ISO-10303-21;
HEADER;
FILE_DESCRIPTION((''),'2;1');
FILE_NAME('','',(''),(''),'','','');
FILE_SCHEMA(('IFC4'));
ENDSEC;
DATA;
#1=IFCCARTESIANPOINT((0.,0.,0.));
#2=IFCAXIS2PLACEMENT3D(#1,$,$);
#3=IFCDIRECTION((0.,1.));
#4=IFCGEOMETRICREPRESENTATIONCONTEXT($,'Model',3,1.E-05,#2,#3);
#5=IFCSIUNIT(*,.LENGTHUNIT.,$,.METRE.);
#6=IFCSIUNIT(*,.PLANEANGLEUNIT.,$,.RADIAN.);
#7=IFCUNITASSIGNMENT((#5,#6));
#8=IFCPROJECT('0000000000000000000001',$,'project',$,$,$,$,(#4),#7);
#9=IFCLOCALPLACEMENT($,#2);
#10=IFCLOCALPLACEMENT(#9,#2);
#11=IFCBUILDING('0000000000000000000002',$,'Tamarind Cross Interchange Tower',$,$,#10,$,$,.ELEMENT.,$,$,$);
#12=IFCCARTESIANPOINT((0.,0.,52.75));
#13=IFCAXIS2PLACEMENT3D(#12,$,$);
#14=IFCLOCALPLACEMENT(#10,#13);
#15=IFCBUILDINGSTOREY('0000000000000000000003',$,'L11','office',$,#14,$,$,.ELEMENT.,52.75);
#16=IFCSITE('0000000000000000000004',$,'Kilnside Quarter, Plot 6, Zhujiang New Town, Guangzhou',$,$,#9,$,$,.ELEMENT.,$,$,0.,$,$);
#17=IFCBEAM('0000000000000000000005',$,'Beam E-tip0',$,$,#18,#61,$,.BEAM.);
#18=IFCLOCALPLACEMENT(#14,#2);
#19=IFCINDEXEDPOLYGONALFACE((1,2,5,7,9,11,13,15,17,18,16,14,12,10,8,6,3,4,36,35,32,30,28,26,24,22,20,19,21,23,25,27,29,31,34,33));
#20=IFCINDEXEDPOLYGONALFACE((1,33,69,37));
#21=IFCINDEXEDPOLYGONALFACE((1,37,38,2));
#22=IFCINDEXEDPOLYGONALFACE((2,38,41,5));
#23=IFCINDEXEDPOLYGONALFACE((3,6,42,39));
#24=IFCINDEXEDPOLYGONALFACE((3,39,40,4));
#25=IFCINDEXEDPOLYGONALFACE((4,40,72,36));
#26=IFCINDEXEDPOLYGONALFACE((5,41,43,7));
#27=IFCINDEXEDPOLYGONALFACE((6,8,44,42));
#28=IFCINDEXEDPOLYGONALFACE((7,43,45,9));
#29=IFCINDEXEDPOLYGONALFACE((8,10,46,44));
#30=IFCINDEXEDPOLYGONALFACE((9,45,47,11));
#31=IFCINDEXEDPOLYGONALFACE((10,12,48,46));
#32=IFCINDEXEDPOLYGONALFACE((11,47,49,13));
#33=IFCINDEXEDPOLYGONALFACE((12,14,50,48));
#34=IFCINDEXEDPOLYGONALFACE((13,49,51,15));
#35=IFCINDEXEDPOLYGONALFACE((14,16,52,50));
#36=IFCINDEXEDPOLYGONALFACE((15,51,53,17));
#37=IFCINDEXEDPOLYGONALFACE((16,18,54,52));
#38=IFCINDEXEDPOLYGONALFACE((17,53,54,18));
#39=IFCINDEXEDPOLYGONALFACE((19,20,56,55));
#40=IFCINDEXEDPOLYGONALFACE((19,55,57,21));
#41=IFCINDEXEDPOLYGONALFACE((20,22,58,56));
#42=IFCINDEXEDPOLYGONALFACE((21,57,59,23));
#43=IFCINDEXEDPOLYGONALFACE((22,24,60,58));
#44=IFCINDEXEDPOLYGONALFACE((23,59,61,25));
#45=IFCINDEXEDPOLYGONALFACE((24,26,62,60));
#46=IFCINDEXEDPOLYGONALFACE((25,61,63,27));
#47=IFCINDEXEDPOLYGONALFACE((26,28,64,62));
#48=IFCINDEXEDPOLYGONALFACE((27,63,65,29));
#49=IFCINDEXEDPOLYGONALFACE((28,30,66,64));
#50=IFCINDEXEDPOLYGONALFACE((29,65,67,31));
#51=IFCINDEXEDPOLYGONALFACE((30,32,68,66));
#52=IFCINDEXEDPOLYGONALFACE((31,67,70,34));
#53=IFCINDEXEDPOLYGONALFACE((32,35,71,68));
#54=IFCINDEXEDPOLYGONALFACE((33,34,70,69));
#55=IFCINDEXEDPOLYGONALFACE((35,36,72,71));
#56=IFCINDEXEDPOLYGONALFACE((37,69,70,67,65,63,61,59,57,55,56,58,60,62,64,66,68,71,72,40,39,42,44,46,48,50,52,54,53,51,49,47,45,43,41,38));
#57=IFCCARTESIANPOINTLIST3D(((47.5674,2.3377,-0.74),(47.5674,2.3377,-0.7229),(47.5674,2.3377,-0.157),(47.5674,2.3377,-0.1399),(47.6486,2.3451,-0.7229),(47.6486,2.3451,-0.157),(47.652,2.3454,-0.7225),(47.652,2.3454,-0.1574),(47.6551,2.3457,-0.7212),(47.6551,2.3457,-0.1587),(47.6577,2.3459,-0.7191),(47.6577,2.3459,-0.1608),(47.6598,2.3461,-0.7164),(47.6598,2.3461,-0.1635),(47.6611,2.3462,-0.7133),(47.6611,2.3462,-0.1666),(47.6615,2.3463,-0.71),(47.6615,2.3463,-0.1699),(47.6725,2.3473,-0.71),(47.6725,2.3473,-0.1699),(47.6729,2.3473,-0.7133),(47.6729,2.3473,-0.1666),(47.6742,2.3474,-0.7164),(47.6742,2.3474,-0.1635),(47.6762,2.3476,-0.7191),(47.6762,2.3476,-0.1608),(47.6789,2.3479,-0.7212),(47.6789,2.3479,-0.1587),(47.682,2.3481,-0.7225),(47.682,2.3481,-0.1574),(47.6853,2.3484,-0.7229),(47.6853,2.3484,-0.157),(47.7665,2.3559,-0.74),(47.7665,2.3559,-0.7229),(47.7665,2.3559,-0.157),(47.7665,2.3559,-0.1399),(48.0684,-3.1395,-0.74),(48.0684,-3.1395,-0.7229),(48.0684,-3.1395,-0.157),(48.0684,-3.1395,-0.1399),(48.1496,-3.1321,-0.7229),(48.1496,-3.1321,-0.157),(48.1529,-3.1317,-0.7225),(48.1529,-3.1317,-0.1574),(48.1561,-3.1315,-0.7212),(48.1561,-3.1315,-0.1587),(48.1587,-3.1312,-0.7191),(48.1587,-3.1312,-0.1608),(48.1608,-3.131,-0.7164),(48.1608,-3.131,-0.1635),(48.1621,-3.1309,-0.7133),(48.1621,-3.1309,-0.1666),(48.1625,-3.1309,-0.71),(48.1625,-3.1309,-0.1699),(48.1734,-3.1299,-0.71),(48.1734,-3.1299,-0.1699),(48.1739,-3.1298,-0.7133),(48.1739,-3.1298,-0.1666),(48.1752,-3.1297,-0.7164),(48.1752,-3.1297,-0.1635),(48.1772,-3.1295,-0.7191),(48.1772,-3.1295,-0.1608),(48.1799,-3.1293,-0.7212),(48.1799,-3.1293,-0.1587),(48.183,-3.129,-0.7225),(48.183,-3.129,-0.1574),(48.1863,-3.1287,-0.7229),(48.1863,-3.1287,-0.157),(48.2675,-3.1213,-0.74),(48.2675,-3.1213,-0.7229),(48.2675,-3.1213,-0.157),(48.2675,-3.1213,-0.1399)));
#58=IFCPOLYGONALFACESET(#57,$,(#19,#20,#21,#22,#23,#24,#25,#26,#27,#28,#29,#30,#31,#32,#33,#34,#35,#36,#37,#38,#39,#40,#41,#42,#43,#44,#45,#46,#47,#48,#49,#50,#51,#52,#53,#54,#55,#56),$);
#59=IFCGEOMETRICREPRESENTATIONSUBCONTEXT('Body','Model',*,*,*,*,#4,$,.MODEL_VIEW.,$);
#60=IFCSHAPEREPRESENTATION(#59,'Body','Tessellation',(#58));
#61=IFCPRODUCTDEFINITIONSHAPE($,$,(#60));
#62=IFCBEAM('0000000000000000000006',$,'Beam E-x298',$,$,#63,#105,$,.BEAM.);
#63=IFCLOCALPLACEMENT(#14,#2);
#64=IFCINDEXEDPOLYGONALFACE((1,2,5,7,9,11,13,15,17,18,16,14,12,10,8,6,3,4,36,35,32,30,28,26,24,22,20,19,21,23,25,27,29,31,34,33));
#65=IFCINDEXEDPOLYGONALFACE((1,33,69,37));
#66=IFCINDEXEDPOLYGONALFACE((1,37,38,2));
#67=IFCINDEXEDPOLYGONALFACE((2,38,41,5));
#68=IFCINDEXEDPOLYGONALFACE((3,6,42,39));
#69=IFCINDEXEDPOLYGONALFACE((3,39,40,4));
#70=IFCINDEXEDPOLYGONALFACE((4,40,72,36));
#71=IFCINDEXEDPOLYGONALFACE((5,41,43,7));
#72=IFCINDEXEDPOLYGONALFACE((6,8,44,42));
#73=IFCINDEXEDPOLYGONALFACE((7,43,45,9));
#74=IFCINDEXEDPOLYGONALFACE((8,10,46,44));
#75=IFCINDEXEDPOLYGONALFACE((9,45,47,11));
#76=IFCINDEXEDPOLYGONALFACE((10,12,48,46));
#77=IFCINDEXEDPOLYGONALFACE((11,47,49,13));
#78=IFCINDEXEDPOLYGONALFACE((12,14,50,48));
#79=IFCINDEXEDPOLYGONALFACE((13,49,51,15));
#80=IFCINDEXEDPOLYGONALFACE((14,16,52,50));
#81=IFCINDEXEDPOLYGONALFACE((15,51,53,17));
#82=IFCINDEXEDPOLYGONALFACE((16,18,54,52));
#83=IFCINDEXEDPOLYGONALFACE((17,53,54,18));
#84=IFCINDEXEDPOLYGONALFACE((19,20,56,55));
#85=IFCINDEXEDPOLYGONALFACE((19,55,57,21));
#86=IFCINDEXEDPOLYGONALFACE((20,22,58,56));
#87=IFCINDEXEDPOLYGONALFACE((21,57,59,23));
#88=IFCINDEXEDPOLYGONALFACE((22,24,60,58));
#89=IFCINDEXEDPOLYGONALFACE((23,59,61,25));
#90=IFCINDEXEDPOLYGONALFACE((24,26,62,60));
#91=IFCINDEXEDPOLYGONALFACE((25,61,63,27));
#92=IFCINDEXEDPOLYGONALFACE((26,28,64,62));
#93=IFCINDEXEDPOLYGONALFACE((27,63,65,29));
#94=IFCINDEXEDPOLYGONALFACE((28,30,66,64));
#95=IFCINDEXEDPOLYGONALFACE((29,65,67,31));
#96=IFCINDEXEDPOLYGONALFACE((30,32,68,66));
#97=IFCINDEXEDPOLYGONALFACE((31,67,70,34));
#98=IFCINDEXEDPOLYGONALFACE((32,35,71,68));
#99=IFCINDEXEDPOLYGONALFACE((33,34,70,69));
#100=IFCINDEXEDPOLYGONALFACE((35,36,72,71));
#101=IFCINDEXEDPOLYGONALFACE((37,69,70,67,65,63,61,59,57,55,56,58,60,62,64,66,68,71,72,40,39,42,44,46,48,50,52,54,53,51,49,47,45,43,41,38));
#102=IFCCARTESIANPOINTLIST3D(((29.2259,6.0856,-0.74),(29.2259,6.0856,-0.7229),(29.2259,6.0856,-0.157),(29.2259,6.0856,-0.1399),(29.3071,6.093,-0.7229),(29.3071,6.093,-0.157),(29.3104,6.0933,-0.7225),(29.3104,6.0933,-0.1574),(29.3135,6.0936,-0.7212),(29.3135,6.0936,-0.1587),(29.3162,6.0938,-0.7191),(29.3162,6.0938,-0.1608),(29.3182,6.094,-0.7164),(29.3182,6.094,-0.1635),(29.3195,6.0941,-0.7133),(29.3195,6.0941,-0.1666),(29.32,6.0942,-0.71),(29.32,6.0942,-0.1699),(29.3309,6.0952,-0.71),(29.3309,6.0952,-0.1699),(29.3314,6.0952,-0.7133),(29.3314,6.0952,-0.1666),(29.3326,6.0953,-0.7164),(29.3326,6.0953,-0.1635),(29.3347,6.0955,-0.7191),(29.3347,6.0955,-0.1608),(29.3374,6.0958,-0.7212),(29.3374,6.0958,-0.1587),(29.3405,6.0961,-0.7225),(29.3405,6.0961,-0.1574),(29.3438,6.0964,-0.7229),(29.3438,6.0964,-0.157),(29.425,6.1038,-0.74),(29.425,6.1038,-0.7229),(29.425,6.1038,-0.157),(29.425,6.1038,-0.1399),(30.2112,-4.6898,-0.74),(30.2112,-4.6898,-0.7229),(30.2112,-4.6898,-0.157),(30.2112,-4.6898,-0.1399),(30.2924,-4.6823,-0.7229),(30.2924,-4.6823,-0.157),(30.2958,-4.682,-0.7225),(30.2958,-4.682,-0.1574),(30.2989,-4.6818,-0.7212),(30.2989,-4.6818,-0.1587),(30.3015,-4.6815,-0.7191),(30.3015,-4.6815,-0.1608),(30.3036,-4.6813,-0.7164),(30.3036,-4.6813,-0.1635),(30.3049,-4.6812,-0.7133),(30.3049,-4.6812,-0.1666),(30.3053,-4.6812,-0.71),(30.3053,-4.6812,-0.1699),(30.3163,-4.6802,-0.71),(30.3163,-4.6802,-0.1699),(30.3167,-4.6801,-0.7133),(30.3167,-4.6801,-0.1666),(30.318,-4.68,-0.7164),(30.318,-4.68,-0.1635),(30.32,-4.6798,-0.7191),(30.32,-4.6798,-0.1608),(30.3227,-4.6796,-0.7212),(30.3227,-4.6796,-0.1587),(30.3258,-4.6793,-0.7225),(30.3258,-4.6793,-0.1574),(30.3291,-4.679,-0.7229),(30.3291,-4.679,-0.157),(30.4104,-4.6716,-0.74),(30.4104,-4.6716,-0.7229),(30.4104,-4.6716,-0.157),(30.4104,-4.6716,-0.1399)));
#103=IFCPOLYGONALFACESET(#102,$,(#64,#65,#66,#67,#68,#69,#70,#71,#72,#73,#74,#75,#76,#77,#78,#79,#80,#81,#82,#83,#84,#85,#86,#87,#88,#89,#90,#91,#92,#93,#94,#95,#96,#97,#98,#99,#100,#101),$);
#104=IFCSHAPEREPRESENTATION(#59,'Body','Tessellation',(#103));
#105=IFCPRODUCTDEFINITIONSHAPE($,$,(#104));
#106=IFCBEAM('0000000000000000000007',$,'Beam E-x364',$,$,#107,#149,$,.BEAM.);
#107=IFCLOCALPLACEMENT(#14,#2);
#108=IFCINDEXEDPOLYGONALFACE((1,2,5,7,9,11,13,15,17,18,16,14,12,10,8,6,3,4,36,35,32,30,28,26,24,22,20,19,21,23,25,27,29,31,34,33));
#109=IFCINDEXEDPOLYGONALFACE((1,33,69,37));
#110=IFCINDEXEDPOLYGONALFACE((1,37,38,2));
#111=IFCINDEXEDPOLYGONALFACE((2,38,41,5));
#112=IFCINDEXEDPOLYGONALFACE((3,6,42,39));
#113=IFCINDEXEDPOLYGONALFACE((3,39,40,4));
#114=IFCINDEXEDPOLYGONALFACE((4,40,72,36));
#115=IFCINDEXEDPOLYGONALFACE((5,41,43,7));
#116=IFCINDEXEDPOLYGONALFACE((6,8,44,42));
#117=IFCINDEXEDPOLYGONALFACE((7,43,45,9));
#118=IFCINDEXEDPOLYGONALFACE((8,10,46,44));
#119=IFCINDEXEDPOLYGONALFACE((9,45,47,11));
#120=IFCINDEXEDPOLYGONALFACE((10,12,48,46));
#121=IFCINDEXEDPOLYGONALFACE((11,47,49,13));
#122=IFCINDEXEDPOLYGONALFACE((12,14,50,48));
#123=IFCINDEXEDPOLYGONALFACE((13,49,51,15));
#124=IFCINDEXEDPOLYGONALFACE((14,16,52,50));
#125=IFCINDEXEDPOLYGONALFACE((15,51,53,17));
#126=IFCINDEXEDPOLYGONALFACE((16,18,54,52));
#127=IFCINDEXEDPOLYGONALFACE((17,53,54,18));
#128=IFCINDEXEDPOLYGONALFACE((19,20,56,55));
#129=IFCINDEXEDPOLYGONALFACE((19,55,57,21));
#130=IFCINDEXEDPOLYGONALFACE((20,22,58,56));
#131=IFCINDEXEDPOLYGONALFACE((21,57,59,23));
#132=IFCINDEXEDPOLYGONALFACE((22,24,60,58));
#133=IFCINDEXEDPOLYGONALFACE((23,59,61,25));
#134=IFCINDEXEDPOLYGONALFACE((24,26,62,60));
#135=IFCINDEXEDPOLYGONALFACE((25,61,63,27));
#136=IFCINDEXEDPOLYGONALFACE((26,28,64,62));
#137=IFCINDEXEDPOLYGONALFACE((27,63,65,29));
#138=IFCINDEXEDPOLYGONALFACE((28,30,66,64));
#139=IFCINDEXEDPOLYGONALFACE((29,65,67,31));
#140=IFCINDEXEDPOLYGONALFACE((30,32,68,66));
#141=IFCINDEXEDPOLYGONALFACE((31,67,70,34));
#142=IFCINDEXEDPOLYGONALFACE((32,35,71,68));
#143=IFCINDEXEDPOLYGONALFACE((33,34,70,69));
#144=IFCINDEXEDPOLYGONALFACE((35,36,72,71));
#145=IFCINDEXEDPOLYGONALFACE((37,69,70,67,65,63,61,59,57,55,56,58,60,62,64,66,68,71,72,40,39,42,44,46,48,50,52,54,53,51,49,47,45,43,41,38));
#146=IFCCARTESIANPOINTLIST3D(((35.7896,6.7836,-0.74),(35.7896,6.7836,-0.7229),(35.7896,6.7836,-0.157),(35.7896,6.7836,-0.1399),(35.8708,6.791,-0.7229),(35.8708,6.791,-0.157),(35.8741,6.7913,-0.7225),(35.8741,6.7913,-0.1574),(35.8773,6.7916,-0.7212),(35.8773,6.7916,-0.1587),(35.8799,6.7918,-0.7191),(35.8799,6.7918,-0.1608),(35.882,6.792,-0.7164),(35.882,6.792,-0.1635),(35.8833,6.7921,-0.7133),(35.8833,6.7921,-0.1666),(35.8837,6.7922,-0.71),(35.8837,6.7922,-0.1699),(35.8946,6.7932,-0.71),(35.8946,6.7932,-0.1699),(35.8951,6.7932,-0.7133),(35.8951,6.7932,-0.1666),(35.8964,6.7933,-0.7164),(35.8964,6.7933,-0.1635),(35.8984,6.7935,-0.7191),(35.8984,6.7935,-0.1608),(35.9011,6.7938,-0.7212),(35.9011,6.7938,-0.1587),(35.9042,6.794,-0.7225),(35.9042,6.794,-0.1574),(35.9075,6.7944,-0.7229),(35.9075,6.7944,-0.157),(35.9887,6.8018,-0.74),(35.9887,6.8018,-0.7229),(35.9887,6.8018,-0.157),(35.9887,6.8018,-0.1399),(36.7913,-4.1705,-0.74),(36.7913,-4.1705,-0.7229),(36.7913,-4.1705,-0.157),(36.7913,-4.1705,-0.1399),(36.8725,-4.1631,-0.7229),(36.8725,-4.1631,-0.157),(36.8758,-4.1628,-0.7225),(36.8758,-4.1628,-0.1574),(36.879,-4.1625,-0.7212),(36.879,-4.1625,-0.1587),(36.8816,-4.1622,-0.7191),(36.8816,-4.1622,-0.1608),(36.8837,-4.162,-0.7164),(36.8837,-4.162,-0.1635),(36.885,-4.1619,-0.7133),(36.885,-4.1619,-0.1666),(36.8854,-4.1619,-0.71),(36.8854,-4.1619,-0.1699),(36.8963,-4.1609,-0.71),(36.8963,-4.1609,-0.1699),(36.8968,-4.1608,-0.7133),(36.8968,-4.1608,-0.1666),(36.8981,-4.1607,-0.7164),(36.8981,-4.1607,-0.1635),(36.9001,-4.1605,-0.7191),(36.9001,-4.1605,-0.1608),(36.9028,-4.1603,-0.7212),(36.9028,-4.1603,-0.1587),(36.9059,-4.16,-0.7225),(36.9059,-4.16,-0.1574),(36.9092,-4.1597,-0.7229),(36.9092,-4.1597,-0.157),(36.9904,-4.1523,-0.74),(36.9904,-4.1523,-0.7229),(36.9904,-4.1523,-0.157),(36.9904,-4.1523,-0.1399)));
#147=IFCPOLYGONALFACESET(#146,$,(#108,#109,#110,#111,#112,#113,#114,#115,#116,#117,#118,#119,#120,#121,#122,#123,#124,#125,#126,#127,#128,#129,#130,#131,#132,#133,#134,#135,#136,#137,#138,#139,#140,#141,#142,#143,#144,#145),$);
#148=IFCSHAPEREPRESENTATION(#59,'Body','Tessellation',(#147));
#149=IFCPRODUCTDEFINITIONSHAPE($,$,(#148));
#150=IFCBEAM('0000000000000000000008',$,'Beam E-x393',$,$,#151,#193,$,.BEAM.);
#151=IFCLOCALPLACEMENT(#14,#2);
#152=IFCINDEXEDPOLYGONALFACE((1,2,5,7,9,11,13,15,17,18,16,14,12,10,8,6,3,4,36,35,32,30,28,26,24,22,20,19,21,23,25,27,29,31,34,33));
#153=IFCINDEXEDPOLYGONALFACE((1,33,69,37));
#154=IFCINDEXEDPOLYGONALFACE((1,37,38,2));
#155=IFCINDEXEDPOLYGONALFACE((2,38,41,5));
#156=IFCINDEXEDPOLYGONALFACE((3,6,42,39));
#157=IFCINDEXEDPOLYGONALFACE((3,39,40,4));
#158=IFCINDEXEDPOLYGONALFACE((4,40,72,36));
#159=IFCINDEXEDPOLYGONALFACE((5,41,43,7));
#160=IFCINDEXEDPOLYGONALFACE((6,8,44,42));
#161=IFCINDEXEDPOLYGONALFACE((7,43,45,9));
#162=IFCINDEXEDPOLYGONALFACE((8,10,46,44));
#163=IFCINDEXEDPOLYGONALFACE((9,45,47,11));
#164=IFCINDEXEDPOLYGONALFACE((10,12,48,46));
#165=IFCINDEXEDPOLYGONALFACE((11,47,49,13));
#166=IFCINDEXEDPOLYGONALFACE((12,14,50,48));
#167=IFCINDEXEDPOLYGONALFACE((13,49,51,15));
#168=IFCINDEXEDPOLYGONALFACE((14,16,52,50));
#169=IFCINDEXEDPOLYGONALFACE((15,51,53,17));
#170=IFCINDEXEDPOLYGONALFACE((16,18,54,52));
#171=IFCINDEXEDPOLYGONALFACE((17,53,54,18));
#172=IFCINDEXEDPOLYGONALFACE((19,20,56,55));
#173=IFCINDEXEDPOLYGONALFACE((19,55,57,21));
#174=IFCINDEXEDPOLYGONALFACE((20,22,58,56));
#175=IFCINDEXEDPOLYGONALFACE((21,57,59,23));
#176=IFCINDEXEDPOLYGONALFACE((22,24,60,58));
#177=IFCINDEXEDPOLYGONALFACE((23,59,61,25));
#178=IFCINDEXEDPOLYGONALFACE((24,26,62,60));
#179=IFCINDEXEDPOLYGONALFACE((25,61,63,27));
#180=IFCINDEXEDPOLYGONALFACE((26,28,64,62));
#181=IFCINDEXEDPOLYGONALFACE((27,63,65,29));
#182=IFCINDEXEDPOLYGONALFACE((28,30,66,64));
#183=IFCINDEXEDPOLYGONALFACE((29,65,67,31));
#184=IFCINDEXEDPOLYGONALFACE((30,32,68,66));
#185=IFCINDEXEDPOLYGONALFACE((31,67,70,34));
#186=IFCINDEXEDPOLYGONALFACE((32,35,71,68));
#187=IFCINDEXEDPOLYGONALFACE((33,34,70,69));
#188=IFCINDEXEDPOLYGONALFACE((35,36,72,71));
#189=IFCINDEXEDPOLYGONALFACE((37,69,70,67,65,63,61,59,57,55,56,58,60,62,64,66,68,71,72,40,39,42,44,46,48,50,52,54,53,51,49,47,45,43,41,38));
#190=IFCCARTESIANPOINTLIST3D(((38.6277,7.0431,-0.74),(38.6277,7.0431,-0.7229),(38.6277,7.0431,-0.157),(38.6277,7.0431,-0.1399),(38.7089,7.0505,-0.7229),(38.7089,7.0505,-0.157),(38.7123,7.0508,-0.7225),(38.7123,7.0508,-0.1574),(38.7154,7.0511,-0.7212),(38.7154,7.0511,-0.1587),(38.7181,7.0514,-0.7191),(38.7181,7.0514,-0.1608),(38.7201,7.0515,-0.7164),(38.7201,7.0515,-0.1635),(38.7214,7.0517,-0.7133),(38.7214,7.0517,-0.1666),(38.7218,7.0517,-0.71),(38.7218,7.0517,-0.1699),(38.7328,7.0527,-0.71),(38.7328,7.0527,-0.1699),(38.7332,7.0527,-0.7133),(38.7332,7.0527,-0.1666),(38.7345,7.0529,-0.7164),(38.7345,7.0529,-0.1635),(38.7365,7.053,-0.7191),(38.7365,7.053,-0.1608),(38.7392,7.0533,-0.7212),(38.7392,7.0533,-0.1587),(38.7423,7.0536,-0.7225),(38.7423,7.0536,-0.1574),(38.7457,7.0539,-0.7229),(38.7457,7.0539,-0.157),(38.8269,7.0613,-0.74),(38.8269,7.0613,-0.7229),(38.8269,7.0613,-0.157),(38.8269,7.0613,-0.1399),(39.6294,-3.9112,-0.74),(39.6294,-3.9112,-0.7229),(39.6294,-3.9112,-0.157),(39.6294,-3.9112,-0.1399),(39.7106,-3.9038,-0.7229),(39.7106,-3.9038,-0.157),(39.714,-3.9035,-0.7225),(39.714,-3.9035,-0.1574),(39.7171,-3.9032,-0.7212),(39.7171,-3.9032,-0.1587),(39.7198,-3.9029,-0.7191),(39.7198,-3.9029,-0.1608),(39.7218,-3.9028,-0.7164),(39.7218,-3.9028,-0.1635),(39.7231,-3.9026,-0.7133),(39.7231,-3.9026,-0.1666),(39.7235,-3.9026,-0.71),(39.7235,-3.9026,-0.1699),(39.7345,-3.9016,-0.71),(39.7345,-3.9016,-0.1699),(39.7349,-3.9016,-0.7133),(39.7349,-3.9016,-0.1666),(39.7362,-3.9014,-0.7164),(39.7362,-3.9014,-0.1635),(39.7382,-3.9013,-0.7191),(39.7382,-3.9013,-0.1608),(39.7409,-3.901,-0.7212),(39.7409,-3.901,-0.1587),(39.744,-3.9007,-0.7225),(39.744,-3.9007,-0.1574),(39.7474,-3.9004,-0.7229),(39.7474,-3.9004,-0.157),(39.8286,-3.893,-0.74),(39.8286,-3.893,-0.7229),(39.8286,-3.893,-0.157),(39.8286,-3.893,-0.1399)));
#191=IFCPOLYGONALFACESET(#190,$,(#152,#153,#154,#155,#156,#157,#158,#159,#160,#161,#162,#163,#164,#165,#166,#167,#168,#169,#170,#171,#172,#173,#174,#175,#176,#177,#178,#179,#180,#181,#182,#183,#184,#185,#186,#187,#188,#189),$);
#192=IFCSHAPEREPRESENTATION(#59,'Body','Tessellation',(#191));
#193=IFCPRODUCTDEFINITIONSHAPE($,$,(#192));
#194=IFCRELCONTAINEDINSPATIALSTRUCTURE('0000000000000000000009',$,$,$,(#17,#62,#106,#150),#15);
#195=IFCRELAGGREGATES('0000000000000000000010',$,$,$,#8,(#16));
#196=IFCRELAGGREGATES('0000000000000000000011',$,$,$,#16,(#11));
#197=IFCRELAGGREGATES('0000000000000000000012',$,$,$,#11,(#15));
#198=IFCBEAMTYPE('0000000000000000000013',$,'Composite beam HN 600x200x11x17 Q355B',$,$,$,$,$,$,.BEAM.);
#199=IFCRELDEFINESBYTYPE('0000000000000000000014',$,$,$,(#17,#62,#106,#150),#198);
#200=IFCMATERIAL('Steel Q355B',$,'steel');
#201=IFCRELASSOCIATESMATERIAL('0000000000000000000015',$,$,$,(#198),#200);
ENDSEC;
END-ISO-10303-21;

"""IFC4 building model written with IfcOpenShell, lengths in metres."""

from ifc_helpers import new_model, si_unit, direction, frame, origin, origin_2d, place, context, subcontext, project, spatial, i_section, extrude, material, material_profile, profile_set, type_object, element, save


model = new_model("IFC4")

# Units and contexts
model_context = context("Model", 3, precision=1e-05, world=origin(), true_north=direction((0.0, 1.0)))
body_context = subcontext(model_context, "Body", "Model", "MODEL_VIEW")
ifc_project = project(units=[si_unit("LENGTHUNIT", "METRE"), si_unit("PLANEANGLEUNIT", "RADIAN")], contexts=[model_context])

# Site, building, storey
site_placement = place(None, origin())
site = spatial("IfcSite", under=ifc_project, at=site_placement, Name="Kilnside Quarter, Plot 6, Zhujiang New Town, Guangzhou", CompositionType="ELEMENT", RefElevation=0.0)
building_placement = place(site_placement, origin())
building = spatial("IfcBuilding", under=site, at=building_placement, Name="Tamarind Cross Interchange Tower", CompositionType="ELEMENT")
storey_placement = place(building_placement, frame((0.0, 0.0, 52.75)))
storey = spatial("IfcBuildingStorey", under=building, at=storey_placement, Name="L11", Description="office", CompositionType="ELEMENT", Elevation=52.75)

# Beams
ifc_material_1 = material(Name="Steel Q355B", Category="steel")
ifc_material_profile_1 = material_profile(ifc_material_1, i_section(OverallWidth=0.2, OverallDepth=0.6001, WebThickness=0.011, FlangeThickness=0.0171, FilletRadius=0.0129, at=origin_2d()), Name="HN 600x200x11x17")
ifc_profile_set_1 = profile_set([ifc_material_profile_1], Name="Steel Q355B")
beam_type_1 = type_object("IfcBeamType", Name="Composite beam HN 600x200x11x17 Q355B", PredefinedType="BEAM", material=ifc_profile_set_1)
beam_1_placement = place(storey_placement, frame((48.168, -3.1304, -0.4399), z_axis=(-0.091088, 0.995843, 0.0), x_axis=(-0.995843, -0.091088, 0.0)))
element("IfcBeam", 1, at=beam_1_placement, inside=storey, type_object=beam_type_1, Name="Beam E-tip0", PredefinedType="BEAM", context=body_context, shape_type="SweptSolid", body=[
    extrude(i_section(OverallWidth=0.2, OverallDepth=0.6001, WebThickness=0.011, FlangeThickness=0.0171, FilletRadius=0.0129, at=origin_2d()), origin(), (0.0, 0.0, 1.0), 5.5),
])
beam_2_placement = place(storey_placement, frame((30.3108, -4.6807, -0.4399), z_axis=(-0.091065, 0.995845, 0.0), x_axis=(-0.995845, -0.091065, 0.0)))
element("IfcBeam", 2, at=beam_2_placement, inside=storey, type_object=beam_type_1, Name="Beam E-x298", PredefinedType="BEAM", context=body_context, shape_type="SweptSolid", body=[
    extrude(i_section(OverallWidth=0.2, OverallDepth=0.6001, WebThickness=0.011, FlangeThickness=0.0171, FilletRadius=0.0129, at=origin_2d()), origin(), (0.0, 0.0, 1.0), 10.8203),
])
beam_3_placement = place(storey_placement, frame((36.8909, -4.1614, -0.4399), z_axis=(-0.091066, 0.995845, 0.0), x_axis=(-0.995845, -0.091066, 0.0)))
element("IfcBeam", 3, at=beam_3_placement, inside=storey, type_object=beam_type_1, Name="Beam E-x364", PredefinedType="BEAM", context=body_context, shape_type="SweptSolid", body=[
    extrude(i_section(OverallWidth=0.2, OverallDepth=0.6001, WebThickness=0.011, FlangeThickness=0.0171, FilletRadius=0.0129, at=origin_2d()), origin(), (0.0, 0.0, 1.0), 10.9998),
])
beam_4_placement = place(storey_placement, frame((39.729, -3.9021, -0.4399), z_axis=(-0.091064, 0.995845, 0.0), x_axis=(-0.995845, -0.091064, 0.0)))
element("IfcBeam", 4, at=beam_4_placement, inside=storey, type_object=beam_type_1, Name="Beam E-x393", PredefinedType="BEAM", context=body_context, shape_type="SweptSolid", body=[
    extrude(i_section(OverallWidth=0.2, OverallDepth=0.6001, WebThickness=0.011, FlangeThickness=0.0171, FilletRadius=0.0129, at=origin_2d()), origin(), (0.0, 0.0, 1.0), 11.0),
])

save(model, "model.ifc")
